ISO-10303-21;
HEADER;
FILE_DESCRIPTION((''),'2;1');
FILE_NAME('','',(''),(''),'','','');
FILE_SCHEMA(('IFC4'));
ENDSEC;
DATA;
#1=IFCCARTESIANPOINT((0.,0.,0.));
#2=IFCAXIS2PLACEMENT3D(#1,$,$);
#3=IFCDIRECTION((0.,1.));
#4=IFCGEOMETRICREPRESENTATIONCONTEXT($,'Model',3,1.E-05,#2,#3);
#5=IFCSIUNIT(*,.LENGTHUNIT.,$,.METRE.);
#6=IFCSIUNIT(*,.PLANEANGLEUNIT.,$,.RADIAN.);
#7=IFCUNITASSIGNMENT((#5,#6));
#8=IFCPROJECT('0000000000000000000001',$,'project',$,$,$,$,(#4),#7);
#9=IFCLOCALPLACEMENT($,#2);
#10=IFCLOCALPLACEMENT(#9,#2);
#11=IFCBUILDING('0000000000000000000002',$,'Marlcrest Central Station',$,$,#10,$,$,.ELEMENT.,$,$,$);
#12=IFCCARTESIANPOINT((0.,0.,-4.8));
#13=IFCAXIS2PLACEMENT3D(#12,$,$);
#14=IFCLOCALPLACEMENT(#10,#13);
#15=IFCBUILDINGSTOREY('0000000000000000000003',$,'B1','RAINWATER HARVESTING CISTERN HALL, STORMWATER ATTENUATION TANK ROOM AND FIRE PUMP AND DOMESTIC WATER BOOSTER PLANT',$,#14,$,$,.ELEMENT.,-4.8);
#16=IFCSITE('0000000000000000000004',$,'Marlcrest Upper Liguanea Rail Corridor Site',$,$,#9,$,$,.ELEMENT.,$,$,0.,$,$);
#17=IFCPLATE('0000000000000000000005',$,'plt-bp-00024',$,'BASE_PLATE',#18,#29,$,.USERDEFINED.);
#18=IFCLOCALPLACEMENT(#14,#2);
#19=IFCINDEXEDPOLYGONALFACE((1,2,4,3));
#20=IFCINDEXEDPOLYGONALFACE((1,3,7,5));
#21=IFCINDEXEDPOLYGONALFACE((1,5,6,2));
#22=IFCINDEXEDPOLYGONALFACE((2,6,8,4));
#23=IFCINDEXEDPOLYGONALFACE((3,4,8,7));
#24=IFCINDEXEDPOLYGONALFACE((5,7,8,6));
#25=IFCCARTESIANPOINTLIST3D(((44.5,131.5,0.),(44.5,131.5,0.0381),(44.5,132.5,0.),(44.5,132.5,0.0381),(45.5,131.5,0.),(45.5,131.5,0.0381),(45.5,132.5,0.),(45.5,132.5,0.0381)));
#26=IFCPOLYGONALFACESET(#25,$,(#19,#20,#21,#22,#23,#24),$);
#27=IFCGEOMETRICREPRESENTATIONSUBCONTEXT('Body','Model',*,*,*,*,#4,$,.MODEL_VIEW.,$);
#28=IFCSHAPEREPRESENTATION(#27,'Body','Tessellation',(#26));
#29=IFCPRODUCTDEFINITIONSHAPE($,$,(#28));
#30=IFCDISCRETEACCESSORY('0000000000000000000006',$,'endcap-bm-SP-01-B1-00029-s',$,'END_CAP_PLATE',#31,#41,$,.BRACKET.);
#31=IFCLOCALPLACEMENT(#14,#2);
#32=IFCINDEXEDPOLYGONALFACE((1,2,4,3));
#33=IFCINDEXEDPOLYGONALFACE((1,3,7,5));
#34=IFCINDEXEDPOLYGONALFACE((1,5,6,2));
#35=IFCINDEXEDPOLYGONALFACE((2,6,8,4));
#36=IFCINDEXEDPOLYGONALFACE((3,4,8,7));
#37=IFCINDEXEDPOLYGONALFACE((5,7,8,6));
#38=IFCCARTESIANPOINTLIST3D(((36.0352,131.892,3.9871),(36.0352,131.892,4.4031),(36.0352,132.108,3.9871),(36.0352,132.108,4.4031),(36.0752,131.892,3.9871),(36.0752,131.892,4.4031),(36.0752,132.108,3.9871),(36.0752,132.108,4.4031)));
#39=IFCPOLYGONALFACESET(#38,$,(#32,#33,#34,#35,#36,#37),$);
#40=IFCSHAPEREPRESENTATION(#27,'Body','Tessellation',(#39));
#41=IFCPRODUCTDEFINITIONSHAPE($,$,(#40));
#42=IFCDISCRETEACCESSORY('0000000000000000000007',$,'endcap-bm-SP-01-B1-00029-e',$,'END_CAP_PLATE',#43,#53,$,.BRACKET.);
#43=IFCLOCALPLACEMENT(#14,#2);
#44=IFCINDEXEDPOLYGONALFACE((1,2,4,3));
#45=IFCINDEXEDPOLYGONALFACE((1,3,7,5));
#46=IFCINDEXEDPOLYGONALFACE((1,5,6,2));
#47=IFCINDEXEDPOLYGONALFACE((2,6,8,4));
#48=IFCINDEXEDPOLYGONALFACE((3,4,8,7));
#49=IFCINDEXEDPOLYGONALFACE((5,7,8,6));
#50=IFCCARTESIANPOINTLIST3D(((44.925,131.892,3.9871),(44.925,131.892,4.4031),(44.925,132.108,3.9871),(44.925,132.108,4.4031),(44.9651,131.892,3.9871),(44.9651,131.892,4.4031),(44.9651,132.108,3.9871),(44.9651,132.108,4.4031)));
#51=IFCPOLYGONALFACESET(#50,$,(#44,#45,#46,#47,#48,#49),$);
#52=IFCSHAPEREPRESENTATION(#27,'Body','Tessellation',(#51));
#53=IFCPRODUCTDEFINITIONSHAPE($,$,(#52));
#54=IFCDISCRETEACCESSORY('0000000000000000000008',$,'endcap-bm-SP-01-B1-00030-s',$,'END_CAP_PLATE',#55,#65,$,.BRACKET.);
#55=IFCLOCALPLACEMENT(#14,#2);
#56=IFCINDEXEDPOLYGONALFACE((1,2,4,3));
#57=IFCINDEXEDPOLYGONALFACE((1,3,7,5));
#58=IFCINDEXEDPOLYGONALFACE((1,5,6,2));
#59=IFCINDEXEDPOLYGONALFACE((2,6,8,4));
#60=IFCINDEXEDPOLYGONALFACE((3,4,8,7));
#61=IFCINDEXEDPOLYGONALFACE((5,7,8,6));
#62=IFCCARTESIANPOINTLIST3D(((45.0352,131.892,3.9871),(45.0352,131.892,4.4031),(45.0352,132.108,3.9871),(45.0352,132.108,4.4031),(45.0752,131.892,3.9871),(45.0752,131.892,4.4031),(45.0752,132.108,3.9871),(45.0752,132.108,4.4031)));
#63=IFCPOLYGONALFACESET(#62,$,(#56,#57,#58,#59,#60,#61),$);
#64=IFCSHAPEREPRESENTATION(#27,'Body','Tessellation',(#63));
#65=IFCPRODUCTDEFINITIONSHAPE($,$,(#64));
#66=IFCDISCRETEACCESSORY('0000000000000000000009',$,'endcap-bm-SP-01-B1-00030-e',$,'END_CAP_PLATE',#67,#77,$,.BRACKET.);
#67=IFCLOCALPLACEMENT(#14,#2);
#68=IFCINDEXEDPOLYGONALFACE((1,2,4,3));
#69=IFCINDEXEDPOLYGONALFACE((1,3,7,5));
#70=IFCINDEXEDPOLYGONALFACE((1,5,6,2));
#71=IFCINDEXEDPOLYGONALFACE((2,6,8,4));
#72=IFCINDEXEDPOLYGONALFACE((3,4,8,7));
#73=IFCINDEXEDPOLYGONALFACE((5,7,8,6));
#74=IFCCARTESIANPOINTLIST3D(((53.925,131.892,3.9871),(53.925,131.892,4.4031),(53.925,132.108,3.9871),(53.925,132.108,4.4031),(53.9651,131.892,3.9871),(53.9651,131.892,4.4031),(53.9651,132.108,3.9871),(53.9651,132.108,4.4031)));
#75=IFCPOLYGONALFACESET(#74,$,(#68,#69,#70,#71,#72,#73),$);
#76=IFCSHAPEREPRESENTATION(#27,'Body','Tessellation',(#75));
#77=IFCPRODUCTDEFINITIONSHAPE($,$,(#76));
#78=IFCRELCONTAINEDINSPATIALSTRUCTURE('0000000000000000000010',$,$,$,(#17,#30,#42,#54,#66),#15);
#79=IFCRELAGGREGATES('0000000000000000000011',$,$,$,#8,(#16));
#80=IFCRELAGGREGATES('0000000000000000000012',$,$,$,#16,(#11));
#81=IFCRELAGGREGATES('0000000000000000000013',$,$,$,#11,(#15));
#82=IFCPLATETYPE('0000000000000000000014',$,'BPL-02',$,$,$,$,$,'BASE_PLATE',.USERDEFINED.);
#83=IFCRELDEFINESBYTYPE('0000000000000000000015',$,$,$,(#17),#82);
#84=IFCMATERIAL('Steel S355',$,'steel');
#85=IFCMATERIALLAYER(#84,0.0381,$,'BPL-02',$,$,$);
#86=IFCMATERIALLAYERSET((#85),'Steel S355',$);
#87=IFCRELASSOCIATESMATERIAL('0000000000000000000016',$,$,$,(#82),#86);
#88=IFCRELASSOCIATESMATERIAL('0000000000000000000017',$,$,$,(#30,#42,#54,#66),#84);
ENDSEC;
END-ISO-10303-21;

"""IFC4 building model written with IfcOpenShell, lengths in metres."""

from ifc_helpers import new_model, si_unit, direction, frame, origin, origin_2d, place, context, subcontext, project, spatial, rectangle, extrude, material, layer, layer_set, type_object, element, save


model = new_model("IFC4")

# Units and contexts
model_context = context("Model", 3, precision=1e-05, world=origin(), true_north=direction((0.0, 1.0)))
body_context = subcontext(model_context, "Body", "Model", "MODEL_VIEW")
ifc_project = project(units=[si_unit("LENGTHUNIT", "METRE"), si_unit("PLANEANGLEUNIT", "RADIAN")], contexts=[model_context])

# Site, building, storey
site_placement = place(None, origin())
site = spatial("IfcSite", under=ifc_project, at=site_placement, Name="Marlcrest Upper Liguanea Rail Corridor Site", CompositionType="ELEMENT", RefElevation=0.0)
building_placement = place(site_placement, origin())
building = spatial("IfcBuilding", under=site, at=building_placement, Name="Marlcrest Central Station", CompositionType="ELEMENT")
storey_placement = place(building_placement, frame((0.0, 0.0, -4.8)))
storey = spatial("IfcBuildingStorey", under=building, at=storey_placement, Name="B1", Description="RAINWATER HARVESTING CISTERN HALL, STORMWATER ATTENUATION TANK ROOM AND FIRE PUMP AND DOMESTIC WATER BOOSTER PLANT", CompositionType="ELEMENT", Elevation=-4.8)

# Shared definitions
ifc_material_1 = material(Name="Steel S355", Category="steel")

# Plate
ifc_layer = layer(ifc_material_1, 0.0381, Name="BPL-02")
ifc_layer_set = layer_set([ifc_layer], Name="Steel S355")
plate_type = type_object("IfcPlateType", Name="BPL-02", ElementType="BASE_PLATE", PredefinedType="USERDEFINED", material=ifc_layer_set)
for number, where, z_axis, x_axis, name in (
    (1, (45.0, 132.0, 0.0), (0.0, 0.0, 1.0), (1.0, 0.0, 0.0), "plt-bp-00024"),
):
    element("IfcPlate", number, at=place(storey_placement, frame(where, z_axis=z_axis, x_axis=x_axis)), inside=storey, type_object=plate_type, Name=name, ObjectType="BASE_PLATE", PredefinedType="USERDEFINED", context=body_context, shape_type="SweptSolid", body=[
        extrude(rectangle(XDim=1.0, YDim=1.0, at=origin_2d()), origin(), (0.0, 0.0, 1.0), 0.0381),
    ])

# Discrete accessories
for number, where, z_axis, x_axis, name in (
    (2, (36.0352, 132.0, 4.1951), (1.0, 0.0, 0.0), (0.0, 1.0, 0.0), "endcap-bm-SP-01-B1-00029-s"),
    (3, (44.925, 132.0, 4.1951), (1.0, 0.0, 0.0), (0.0, 1.0, 0.0), "endcap-bm-SP-01-B1-00029-e"),
    (4, (45.0352, 132.0, 4.1951), (1.0, 0.0, 0.0), (0.0, 1.0, 0.0), "endcap-bm-SP-01-B1-00030-s"),
    (5, (53.925, 132.0, 4.1951), (1.0, 0.0, 0.0), (0.0, 1.0, 0.0), "endcap-bm-SP-01-B1-00030-e"),
):
    element("IfcDiscreteAccessory", number, at=place(storey_placement, frame(where, z_axis=z_axis, x_axis=x_axis)), inside=storey, material=ifc_material_1, Name=name, ObjectType="END_CAP_PLATE", PredefinedType="BRACKET", context=body_context, shape_type="SweptSolid", body=[
        extrude(rectangle(XDim=0.2161, YDim=0.416, at=origin_2d()), origin(), (0.0, 0.0, 1.0), 0.04),
    ])

save(model, "model.ifc")
